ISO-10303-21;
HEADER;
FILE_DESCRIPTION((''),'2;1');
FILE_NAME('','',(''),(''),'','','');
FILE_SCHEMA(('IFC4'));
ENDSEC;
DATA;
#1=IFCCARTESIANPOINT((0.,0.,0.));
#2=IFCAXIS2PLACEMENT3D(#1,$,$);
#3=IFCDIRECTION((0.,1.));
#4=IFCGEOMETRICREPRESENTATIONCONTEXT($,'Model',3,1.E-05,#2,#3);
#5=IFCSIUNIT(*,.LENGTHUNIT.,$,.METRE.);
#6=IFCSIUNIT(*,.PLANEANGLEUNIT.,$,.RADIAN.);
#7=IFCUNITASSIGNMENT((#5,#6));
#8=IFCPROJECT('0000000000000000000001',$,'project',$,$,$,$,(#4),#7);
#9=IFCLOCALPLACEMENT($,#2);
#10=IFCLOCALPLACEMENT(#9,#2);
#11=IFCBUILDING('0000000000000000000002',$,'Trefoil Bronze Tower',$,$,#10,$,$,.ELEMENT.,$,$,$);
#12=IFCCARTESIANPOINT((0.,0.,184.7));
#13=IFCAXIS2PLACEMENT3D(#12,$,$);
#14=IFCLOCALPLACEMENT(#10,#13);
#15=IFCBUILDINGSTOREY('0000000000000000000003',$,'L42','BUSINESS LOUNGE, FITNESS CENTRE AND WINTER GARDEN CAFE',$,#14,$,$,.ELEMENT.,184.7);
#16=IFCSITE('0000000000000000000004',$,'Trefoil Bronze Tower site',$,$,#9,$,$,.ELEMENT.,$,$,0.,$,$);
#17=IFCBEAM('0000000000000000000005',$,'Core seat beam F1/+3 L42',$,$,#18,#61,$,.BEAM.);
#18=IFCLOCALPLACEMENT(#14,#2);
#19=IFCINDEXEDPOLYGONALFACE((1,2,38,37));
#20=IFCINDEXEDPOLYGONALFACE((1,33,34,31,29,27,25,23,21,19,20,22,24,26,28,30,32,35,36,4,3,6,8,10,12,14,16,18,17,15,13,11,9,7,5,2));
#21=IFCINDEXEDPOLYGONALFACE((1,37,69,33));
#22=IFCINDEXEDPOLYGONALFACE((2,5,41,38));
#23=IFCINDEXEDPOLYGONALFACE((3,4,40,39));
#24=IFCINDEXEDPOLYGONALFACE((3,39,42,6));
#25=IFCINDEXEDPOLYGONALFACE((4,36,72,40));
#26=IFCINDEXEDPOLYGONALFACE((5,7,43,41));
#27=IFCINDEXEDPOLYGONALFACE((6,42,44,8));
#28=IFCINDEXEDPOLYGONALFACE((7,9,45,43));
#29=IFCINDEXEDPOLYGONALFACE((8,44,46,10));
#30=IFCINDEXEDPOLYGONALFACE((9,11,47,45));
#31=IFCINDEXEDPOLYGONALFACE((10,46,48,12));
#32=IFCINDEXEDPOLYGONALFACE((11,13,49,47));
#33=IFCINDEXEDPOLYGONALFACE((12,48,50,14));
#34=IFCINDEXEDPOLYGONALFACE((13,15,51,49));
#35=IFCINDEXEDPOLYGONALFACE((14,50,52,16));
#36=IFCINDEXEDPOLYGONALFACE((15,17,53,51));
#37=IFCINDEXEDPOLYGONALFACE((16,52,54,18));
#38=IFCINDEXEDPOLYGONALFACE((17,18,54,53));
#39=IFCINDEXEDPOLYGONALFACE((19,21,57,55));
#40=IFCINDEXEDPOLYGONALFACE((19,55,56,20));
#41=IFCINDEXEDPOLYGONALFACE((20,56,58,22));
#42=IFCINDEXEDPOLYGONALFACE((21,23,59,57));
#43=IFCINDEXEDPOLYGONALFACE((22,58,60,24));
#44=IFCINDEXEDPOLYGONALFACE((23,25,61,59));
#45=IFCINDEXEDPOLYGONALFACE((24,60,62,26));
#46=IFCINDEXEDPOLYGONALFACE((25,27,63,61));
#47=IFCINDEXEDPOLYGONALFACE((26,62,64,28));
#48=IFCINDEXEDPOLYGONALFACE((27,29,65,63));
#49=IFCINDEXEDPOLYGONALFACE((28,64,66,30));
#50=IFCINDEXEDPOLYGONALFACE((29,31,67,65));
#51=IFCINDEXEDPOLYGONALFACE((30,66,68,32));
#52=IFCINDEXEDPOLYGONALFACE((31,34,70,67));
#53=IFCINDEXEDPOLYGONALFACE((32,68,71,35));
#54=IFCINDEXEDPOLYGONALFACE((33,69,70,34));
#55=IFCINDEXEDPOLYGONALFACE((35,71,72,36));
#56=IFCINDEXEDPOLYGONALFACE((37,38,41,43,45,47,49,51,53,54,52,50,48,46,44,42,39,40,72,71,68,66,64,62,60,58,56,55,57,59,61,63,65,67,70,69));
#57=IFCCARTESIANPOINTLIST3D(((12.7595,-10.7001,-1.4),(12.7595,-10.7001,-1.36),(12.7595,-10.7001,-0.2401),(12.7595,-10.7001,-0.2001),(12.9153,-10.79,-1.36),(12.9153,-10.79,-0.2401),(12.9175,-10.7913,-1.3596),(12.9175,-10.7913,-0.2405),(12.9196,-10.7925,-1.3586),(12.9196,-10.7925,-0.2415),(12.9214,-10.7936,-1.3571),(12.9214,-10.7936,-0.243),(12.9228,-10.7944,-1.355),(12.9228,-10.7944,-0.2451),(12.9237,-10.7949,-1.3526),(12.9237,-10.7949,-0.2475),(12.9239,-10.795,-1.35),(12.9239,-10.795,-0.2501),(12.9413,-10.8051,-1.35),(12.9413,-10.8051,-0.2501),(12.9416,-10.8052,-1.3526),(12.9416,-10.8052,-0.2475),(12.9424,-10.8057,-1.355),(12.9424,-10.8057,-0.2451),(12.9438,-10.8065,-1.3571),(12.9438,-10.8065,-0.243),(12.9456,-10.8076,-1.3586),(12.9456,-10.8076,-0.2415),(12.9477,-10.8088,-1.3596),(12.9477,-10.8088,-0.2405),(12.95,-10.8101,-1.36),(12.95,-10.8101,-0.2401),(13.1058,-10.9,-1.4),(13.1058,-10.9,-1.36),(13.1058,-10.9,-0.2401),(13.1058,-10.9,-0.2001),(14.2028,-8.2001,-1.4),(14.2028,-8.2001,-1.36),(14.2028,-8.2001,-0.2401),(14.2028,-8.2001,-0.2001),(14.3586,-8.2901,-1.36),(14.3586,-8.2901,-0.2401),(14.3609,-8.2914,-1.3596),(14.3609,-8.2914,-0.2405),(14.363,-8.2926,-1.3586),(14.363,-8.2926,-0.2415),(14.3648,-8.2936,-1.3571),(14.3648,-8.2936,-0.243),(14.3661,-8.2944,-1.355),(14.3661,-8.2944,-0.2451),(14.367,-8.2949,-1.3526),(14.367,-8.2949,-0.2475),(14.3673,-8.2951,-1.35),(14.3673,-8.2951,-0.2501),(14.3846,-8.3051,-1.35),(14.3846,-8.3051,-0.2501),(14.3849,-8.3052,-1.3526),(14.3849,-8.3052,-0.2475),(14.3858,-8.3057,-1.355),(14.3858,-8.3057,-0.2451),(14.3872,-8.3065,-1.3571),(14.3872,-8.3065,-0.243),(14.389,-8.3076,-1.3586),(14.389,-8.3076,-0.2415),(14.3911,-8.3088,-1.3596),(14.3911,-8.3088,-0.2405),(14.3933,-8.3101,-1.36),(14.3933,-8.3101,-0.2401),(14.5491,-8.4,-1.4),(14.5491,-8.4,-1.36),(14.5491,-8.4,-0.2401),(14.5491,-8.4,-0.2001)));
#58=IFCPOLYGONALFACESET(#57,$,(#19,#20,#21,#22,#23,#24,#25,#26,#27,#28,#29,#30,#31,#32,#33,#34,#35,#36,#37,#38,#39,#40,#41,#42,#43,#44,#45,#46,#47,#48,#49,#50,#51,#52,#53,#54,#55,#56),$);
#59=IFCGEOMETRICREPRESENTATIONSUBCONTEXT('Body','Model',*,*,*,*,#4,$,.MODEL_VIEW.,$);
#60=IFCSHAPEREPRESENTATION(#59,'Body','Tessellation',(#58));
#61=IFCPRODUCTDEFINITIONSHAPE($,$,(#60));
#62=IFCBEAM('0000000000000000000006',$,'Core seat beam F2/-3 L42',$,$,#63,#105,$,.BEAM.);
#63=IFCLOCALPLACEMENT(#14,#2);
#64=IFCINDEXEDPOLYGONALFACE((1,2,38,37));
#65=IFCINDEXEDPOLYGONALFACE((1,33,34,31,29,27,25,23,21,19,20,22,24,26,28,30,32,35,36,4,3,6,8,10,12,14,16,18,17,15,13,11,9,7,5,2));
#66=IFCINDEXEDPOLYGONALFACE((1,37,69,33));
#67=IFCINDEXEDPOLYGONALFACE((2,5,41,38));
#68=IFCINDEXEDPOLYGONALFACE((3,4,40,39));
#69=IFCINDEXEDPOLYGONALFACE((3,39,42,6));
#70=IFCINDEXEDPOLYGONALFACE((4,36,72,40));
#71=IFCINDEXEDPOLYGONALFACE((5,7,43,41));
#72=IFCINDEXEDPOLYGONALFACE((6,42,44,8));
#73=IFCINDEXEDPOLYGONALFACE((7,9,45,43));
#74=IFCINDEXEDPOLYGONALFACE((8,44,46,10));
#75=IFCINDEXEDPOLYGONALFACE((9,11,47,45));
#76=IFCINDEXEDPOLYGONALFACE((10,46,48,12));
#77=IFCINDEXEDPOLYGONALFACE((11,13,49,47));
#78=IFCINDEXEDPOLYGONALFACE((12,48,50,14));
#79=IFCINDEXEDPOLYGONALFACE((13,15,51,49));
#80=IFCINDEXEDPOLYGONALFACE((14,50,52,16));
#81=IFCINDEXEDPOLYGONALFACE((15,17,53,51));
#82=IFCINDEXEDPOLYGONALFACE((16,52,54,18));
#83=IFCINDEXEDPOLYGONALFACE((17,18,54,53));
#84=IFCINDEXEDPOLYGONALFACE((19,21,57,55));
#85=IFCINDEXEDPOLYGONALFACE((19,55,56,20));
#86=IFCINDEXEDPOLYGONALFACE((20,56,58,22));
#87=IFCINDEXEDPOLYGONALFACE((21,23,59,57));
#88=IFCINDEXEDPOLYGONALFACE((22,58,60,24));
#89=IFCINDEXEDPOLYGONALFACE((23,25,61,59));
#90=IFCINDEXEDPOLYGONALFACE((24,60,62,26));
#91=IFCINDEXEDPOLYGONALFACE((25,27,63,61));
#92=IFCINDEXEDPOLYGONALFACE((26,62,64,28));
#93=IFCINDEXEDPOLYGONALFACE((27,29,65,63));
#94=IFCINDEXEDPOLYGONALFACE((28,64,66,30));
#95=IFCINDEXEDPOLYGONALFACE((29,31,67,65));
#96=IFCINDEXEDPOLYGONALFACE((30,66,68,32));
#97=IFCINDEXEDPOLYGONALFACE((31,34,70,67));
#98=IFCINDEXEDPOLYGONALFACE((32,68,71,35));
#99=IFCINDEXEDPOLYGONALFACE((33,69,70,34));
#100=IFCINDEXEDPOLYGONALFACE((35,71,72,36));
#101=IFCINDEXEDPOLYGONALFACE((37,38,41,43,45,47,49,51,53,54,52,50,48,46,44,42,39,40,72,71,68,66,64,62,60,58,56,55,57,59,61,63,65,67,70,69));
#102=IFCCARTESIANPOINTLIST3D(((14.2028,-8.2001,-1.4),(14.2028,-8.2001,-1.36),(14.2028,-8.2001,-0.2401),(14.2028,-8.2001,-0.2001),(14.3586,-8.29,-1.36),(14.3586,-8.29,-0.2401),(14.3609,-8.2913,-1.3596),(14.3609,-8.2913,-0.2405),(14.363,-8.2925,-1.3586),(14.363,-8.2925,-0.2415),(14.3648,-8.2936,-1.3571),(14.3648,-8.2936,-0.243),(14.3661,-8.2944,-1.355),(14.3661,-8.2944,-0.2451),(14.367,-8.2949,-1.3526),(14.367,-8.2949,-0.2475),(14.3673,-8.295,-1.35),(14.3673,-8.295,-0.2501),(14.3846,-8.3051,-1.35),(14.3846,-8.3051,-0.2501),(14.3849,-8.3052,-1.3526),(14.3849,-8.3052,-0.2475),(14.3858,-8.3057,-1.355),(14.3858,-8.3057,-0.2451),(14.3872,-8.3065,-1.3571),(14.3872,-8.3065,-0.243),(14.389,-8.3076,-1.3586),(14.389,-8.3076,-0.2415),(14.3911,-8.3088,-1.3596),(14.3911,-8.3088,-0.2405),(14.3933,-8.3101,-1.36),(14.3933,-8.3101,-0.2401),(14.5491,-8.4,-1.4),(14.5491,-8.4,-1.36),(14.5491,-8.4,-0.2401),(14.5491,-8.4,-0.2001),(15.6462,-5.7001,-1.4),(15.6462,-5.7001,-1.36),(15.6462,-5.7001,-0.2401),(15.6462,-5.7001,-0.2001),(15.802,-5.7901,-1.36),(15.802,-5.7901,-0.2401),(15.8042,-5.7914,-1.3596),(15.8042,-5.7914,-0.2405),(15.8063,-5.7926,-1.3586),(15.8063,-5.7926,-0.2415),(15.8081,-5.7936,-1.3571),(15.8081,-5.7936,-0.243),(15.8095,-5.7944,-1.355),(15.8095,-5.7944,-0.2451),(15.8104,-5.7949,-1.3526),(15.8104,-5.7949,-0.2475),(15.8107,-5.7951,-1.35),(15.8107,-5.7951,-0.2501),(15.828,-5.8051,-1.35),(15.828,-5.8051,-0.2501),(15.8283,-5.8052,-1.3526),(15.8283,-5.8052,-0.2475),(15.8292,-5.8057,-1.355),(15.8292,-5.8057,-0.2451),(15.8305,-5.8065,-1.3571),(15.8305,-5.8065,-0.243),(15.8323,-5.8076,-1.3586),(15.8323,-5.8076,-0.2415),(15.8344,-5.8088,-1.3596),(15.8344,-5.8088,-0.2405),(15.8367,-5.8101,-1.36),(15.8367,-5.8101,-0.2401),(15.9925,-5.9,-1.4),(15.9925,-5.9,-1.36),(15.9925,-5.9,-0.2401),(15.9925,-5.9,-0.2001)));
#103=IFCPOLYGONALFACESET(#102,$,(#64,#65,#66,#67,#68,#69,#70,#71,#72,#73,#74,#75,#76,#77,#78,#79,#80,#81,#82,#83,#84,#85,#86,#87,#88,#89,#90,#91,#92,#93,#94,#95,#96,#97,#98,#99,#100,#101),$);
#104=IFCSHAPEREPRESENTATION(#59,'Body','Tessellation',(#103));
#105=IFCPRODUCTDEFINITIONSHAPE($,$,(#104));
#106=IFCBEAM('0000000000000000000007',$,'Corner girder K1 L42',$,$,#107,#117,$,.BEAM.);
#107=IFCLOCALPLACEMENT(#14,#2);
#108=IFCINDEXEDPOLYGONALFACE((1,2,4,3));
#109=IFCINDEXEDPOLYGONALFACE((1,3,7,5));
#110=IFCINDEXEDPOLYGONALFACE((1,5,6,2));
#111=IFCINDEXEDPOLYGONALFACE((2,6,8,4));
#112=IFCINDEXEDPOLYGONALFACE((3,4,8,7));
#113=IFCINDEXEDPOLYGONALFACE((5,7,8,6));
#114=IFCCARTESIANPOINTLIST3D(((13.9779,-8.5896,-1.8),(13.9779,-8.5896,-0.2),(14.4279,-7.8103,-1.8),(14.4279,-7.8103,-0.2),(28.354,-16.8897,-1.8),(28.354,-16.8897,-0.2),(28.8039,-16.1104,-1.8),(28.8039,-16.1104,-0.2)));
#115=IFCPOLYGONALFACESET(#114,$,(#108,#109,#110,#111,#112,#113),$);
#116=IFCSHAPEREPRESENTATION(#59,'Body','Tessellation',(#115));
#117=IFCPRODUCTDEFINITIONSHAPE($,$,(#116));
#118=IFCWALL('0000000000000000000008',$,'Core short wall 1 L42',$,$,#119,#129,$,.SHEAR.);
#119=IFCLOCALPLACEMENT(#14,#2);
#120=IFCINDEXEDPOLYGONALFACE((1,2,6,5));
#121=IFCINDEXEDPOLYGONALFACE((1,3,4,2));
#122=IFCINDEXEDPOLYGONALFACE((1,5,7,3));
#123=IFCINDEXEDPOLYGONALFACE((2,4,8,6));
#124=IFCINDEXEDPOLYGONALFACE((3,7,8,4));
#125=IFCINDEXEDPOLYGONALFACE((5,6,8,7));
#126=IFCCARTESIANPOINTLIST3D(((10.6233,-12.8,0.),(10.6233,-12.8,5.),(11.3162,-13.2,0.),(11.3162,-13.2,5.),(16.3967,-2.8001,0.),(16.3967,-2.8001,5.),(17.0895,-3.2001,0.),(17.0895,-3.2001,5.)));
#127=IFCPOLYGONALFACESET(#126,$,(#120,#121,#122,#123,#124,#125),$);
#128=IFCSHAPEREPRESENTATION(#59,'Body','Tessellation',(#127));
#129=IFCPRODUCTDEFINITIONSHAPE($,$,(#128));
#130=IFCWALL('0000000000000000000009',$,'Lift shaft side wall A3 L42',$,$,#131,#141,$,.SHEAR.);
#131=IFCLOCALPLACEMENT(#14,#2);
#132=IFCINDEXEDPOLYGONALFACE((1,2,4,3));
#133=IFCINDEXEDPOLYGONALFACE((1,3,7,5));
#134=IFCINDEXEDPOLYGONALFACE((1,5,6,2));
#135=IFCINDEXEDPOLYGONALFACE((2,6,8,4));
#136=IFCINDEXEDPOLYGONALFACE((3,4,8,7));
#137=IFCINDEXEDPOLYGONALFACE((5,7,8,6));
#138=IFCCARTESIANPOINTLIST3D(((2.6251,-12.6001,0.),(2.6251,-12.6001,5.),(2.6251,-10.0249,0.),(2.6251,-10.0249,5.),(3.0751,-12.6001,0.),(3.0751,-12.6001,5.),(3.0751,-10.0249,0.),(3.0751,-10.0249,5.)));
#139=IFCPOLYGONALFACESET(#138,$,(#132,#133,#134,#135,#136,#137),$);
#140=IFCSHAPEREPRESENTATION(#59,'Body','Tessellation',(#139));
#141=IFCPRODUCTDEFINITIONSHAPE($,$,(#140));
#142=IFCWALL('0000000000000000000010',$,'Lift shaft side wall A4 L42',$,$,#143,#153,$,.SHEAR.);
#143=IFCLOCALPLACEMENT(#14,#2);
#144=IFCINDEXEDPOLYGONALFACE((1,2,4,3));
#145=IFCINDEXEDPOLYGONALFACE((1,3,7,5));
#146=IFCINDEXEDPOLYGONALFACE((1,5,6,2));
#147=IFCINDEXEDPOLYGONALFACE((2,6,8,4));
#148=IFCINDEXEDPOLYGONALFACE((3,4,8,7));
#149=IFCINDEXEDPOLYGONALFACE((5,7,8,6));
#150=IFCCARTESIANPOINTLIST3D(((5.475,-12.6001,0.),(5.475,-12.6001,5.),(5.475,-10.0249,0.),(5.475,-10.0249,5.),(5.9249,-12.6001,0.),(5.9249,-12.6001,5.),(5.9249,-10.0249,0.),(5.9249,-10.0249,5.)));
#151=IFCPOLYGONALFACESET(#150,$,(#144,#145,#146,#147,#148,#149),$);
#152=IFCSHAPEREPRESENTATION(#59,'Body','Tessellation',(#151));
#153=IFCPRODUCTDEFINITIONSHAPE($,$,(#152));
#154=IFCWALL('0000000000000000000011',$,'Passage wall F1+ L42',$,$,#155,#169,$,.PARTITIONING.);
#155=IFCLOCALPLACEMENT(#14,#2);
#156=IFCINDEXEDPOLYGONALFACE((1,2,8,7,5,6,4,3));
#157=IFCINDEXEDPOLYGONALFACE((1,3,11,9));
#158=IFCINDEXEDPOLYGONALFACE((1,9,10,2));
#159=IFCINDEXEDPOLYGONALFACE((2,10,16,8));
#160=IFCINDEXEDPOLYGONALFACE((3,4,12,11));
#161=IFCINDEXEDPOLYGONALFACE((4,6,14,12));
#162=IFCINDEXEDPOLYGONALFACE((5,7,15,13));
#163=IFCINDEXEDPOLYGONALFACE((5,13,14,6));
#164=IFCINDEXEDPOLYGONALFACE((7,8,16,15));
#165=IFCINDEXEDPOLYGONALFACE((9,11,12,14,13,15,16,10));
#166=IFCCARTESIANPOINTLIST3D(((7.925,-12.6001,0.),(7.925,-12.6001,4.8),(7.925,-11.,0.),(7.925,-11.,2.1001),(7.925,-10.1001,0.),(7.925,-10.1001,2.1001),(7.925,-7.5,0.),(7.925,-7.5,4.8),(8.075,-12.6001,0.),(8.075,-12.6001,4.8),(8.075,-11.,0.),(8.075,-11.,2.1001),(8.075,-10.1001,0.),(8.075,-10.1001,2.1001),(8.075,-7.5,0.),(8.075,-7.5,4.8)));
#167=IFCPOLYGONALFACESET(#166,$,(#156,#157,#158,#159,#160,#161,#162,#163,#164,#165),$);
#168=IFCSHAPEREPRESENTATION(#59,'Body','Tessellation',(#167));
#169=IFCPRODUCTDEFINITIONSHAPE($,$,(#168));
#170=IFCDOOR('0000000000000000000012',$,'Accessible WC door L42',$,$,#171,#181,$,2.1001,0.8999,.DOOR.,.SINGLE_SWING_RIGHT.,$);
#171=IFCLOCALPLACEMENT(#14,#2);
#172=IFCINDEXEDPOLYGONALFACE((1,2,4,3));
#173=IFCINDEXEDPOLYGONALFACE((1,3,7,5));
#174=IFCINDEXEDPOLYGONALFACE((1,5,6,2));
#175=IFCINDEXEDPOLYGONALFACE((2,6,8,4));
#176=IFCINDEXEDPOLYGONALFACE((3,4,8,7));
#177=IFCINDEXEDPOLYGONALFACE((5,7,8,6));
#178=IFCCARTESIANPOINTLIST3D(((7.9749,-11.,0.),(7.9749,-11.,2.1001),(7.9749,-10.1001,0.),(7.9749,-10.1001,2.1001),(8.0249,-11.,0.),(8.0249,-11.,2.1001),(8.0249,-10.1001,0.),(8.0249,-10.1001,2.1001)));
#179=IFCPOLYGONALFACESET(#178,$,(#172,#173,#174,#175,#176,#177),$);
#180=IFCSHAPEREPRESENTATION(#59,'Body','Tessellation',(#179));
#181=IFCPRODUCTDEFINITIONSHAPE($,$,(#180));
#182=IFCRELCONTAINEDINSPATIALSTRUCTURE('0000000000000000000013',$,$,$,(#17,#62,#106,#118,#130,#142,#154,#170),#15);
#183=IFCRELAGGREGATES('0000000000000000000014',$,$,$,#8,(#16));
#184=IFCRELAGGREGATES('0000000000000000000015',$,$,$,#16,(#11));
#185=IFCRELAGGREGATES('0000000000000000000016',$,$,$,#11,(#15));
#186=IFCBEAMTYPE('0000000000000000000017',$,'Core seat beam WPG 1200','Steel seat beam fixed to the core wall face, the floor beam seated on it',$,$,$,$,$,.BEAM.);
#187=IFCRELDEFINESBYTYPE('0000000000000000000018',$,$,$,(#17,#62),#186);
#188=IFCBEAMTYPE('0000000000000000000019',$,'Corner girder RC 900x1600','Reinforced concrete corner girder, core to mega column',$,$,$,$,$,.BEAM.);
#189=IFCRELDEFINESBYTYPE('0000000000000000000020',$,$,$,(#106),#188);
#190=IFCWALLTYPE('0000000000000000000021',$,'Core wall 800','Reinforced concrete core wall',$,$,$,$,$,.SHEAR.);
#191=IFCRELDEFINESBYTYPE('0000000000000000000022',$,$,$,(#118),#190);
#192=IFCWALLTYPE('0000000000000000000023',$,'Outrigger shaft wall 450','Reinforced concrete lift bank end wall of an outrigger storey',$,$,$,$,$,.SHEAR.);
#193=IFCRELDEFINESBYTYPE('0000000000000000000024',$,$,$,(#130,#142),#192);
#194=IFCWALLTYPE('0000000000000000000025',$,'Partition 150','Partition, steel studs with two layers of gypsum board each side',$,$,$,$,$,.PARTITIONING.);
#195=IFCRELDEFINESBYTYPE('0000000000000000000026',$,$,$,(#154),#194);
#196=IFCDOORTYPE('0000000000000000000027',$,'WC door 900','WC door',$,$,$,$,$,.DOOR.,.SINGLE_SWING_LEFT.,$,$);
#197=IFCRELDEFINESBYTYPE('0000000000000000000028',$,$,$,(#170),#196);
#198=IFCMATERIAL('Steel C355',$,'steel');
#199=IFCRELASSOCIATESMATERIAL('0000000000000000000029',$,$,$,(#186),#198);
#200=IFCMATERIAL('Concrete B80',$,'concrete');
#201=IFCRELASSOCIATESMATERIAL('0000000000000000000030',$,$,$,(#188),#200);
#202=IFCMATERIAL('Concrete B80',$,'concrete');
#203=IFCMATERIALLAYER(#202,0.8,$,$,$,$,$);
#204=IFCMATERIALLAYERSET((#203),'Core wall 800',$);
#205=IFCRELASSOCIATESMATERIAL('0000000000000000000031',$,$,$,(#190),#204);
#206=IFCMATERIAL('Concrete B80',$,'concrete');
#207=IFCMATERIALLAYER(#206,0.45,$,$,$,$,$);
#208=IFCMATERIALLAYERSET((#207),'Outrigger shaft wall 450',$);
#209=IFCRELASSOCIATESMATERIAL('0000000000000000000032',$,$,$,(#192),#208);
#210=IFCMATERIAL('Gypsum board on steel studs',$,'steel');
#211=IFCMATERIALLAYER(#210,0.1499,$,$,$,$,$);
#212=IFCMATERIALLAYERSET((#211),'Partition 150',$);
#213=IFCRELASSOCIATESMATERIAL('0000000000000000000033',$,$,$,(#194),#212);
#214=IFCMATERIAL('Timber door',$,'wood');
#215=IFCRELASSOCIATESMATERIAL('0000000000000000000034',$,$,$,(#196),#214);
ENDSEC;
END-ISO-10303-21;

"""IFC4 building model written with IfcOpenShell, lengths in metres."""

from ifc_helpers import new_model, si_unit, direction, frame, frame_2d, origin, origin_2d, place, context, subcontext, project, spatial, rectangle, i_section, extrude, material, layer, layer_set, material_profile, profile_set, type_object, element, fill, save


model = new_model("IFC4")

# Units and contexts
model_context = context("Model", 3, precision=1e-05, world=origin(), true_north=direction((0.0, 1.0)))
body_context = subcontext(model_context, "Body", "Model", "MODEL_VIEW")
ifc_project = project(units=[si_unit("LENGTHUNIT", "METRE"), si_unit("PLANEANGLEUNIT", "RADIAN")], contexts=[model_context])

# Site, building, storey
site_placement = place(None, origin())
site = spatial("IfcSite", under=ifc_project, at=site_placement, Name="Trefoil Bronze Tower site", CompositionType="ELEMENT", RefElevation=0.0)
building_placement = place(site_placement, origin())
building = spatial("IfcBuilding", under=site, at=building_placement, Name="Trefoil Bronze Tower", CompositionType="ELEMENT")
storey_placement = place(building_placement, frame((0.0, 0.0, 184.7)))
storey = spatial("IfcBuildingStorey", under=building, at=storey_placement, Name="L42", Description="BUSINESS LOUNGE, FITNESS CENTRE AND WINTER GARDEN CAFE", CompositionType="ELEMENT", Elevation=184.7)

# Beams
ifc_material_1 = material(Name="Steel C355", Category="steel")
ifc_material_profile_1 = material_profile(ifc_material_1, i_section(OverallWidth=0.3999, OverallDepth=1.2, WebThickness=0.02, FlangeThickness=0.04, FilletRadius=0.01, at=origin_2d()), Name="WPG 1200")
ifc_profile_set_1 = profile_set([ifc_material_profile_1], Name="Steel C355")
beam_type_1 = type_object("IfcBeamType", Name="Core seat beam WPG 1200", Description="Steel seat beam fixed to the core wall face, the floor beam seated on it", PredefinedType="BEAM", material=ifc_profile_set_1)
for number, where, z_axis, x_axis, name in (
    (1, (12.9326, -10.8, -0.8), (0.499996, 0.866028, 0.0), (-0.866028, 0.499996, 0.0), "Core seat beam F1/+3 L42"),
    (2, (14.376, -8.3, -0.8), (0.499996, 0.866028, 0.0), (-0.866028, 0.499996, 0.0), "Core seat beam F2/-3 L42"),
):
    element("IfcBeam", number, at=place(storey_placement, frame(where, z_axis=z_axis, x_axis=x_axis)), inside=storey, type_object=beam_type_1, Name=name, PredefinedType="BEAM", context=body_context, shape_type="SweptSolid", body=[
        extrude(i_section(OverallWidth=0.3999, OverallDepth=1.2, WebThickness=0.02, FlangeThickness=0.04, FilletRadius=0.01, at=origin_2d()), origin(), (0.0, 0.0, 1.0), 2.8867),
    ])
ifc_material_2 = material(Name="Concrete B80", Category="concrete")
ifc_material_profile_2 = material_profile(ifc_material_2, rectangle(XDim=0.8999, YDim=1.6001, at=origin_2d()), Name="RC 900x1600")
ifc_profile_set_2 = profile_set([ifc_material_profile_2], Name="Concrete B80")
beam_type_2 = type_object("IfcBeamType", Name="Corner girder RC 900x1600", Description="Reinforced concrete corner girder, core to mega column", PredefinedType="BEAM", material=ifc_profile_set_2)
beam_placement = place(storey_placement, frame((14.2029, -8.2, -1.0), z_axis=(0.866023, -0.500003, 0.0), x_axis=(0.500003, 0.866023, 0.0)))
element("IfcBeam", 3, at=beam_placement, inside=storey, type_object=beam_type_2, Name="Corner girder K1 L42", PredefinedType="BEAM", context=body_context, shape_type="SweptSolid", body=[
    extrude(rectangle(XDim=0.8999, YDim=1.6001, at=origin_2d()), origin(), (0.0, 0.0, 1.0), 16.6001),
])

# Walls
ifc_material_3 = material(Name="Concrete B80", Category="concrete")
ifc_layer_1 = layer(ifc_material_3, 0.8)
ifc_layer_set_1 = layer_set([ifc_layer_1], Name="Core wall 800")
wall_type_1 = type_object("IfcWallType", Name="Core wall 800", Description="Reinforced concrete core wall", PredefinedType="SHEAR", material=ifc_layer_set_1)
wall_1_placement = place(storey_placement, frame((10.9697, -13.0, 0.0), z_axis=(0.0, 0.0, 1.0), x_axis=(0.499996, 0.866028, 0.0)))
element("IfcWall", 4, at=wall_1_placement, inside=storey, type_object=wall_type_1, Name="Core short wall 1 L42", PredefinedType="SHEAR", context=body_context, shape_type="SweptSolid", body=[
    extrude(rectangle(XDim=11.5469, YDim=0.8, at=frame_2d((5.7734, 0.0))), origin(), (0.0, 0.0, 1.0), 5.0),
])
ifc_material_4 = material(Name="Concrete B80", Category="concrete")
ifc_layer_2 = layer(ifc_material_4, 0.45)
ifc_layer_set_2 = layer_set([ifc_layer_2], Name="Outrigger shaft wall 450")
wall_type_2 = type_object("IfcWallType", Name="Outrigger shaft wall 450", Description="Reinforced concrete lift bank end wall of an outrigger storey", PredefinedType="SHEAR", material=ifc_layer_set_2)
for number, where, z_axis, x_axis, name in (
    (5, (2.8501, -10.0249, 0.0), (0.0, 0.0, 1.0), (0.0, -1.0, 0.0), "Lift shaft side wall A3 L42"),
    (6, (5.7, -10.0249, 0.0), (0.0, 0.0, 1.0), (0.0, -1.0, 0.0), "Lift shaft side wall A4 L42"),
):
    element("IfcWall", number, at=place(storey_placement, frame(where, z_axis=z_axis, x_axis=x_axis)), inside=storey, type_object=wall_type_2, Name=name, PredefinedType="SHEAR", context=body_context, shape_type="SweptSolid", body=[
        extrude(rectangle(XDim=2.5752, YDim=0.45, at=frame_2d((1.2876, 0.0))), origin(), (0.0, 0.0, 1.0), 5.0),
    ])

# Wall, opening, door
ifc_material_5 = material(Name="Gypsum board on steel studs", Category="steel")
ifc_layer_3 = layer(ifc_material_5, 0.1499)
ifc_layer_set_3 = layer_set([ifc_layer_3], Name="Partition 150")
wall_type_3 = type_object("IfcWallType", Name="Partition 150", Description="Partition, steel studs with two layers of gypsum board each side", PredefinedType="PARTITIONING", material=ifc_layer_set_3)
wall_2_placement = place(storey_placement, frame((8.0, -7.5, 0.0), z_axis=(0.0, 0.0, 1.0), x_axis=(0.0, -1.0, 0.0)))
wall_2 = element("IfcWall", 7, at=wall_2_placement, inside=storey, type_object=wall_type_3, Name="Passage wall F1+ L42", PredefinedType="PARTITIONING", context=body_context, shape_type="SweptSolid", body=[
    extrude(rectangle(XDim=5.1001, YDim=0.1499, at=frame_2d((2.55, 0.0))), origin(), (0.0, 0.0, 1.0), 4.8),
])
opening_1_placement = place(wall_2_placement, frame((2.6001, 0.0, 0.0)))
opening_1 = element("IfcOpeningElement", 8, at=opening_1_placement, cuts=wall_2, PredefinedType="OPENING", context=body_context, shape_type="SweptSolid", body=[
    extrude(rectangle(XDim=0.8999, YDim=2.1001, at=frame_2d((0.45, 1.05))), frame((0.0, 0.085, 0.0), z_axis=(0.0, -1.0, 0.0), x_axis=(1.0, 0.0, 0.0)), (0.0, 0.0, 1.0), 0.1699),
])
ifc_material_6 = material(Name="Timber door", Category="wood")
door_type_1 = type_object("IfcDoorType", Name="WC door 900", Description="WC door", OperationType="SINGLE_SWING_LEFT", PredefinedType="DOOR", material=ifc_material_6)
door_1_placement = place(opening_1_placement, origin())
door_1 = element("IfcDoor", 9, at=door_1_placement, inside=storey, type_object=door_type_1, Name="Accessible WC door L42", OperationType="SINGLE_SWING_RIGHT", OverallHeight=2.1001, OverallWidth=0.8999, PredefinedType="DOOR", context=body_context, shape_type="SweptSolid", body=[
    extrude(rectangle(XDim=0.8999, YDim=2.1001, at=frame_2d((0.45, 1.05))), frame((0.0, 0.0249, 0.0), z_axis=(0.0, -1.0, 0.0), x_axis=(1.0, 0.0, 0.0)), (0.0, 0.0, 1.0), 0.05),
])
fill(opening_1, door_1)

save(model, "model.ifc")
